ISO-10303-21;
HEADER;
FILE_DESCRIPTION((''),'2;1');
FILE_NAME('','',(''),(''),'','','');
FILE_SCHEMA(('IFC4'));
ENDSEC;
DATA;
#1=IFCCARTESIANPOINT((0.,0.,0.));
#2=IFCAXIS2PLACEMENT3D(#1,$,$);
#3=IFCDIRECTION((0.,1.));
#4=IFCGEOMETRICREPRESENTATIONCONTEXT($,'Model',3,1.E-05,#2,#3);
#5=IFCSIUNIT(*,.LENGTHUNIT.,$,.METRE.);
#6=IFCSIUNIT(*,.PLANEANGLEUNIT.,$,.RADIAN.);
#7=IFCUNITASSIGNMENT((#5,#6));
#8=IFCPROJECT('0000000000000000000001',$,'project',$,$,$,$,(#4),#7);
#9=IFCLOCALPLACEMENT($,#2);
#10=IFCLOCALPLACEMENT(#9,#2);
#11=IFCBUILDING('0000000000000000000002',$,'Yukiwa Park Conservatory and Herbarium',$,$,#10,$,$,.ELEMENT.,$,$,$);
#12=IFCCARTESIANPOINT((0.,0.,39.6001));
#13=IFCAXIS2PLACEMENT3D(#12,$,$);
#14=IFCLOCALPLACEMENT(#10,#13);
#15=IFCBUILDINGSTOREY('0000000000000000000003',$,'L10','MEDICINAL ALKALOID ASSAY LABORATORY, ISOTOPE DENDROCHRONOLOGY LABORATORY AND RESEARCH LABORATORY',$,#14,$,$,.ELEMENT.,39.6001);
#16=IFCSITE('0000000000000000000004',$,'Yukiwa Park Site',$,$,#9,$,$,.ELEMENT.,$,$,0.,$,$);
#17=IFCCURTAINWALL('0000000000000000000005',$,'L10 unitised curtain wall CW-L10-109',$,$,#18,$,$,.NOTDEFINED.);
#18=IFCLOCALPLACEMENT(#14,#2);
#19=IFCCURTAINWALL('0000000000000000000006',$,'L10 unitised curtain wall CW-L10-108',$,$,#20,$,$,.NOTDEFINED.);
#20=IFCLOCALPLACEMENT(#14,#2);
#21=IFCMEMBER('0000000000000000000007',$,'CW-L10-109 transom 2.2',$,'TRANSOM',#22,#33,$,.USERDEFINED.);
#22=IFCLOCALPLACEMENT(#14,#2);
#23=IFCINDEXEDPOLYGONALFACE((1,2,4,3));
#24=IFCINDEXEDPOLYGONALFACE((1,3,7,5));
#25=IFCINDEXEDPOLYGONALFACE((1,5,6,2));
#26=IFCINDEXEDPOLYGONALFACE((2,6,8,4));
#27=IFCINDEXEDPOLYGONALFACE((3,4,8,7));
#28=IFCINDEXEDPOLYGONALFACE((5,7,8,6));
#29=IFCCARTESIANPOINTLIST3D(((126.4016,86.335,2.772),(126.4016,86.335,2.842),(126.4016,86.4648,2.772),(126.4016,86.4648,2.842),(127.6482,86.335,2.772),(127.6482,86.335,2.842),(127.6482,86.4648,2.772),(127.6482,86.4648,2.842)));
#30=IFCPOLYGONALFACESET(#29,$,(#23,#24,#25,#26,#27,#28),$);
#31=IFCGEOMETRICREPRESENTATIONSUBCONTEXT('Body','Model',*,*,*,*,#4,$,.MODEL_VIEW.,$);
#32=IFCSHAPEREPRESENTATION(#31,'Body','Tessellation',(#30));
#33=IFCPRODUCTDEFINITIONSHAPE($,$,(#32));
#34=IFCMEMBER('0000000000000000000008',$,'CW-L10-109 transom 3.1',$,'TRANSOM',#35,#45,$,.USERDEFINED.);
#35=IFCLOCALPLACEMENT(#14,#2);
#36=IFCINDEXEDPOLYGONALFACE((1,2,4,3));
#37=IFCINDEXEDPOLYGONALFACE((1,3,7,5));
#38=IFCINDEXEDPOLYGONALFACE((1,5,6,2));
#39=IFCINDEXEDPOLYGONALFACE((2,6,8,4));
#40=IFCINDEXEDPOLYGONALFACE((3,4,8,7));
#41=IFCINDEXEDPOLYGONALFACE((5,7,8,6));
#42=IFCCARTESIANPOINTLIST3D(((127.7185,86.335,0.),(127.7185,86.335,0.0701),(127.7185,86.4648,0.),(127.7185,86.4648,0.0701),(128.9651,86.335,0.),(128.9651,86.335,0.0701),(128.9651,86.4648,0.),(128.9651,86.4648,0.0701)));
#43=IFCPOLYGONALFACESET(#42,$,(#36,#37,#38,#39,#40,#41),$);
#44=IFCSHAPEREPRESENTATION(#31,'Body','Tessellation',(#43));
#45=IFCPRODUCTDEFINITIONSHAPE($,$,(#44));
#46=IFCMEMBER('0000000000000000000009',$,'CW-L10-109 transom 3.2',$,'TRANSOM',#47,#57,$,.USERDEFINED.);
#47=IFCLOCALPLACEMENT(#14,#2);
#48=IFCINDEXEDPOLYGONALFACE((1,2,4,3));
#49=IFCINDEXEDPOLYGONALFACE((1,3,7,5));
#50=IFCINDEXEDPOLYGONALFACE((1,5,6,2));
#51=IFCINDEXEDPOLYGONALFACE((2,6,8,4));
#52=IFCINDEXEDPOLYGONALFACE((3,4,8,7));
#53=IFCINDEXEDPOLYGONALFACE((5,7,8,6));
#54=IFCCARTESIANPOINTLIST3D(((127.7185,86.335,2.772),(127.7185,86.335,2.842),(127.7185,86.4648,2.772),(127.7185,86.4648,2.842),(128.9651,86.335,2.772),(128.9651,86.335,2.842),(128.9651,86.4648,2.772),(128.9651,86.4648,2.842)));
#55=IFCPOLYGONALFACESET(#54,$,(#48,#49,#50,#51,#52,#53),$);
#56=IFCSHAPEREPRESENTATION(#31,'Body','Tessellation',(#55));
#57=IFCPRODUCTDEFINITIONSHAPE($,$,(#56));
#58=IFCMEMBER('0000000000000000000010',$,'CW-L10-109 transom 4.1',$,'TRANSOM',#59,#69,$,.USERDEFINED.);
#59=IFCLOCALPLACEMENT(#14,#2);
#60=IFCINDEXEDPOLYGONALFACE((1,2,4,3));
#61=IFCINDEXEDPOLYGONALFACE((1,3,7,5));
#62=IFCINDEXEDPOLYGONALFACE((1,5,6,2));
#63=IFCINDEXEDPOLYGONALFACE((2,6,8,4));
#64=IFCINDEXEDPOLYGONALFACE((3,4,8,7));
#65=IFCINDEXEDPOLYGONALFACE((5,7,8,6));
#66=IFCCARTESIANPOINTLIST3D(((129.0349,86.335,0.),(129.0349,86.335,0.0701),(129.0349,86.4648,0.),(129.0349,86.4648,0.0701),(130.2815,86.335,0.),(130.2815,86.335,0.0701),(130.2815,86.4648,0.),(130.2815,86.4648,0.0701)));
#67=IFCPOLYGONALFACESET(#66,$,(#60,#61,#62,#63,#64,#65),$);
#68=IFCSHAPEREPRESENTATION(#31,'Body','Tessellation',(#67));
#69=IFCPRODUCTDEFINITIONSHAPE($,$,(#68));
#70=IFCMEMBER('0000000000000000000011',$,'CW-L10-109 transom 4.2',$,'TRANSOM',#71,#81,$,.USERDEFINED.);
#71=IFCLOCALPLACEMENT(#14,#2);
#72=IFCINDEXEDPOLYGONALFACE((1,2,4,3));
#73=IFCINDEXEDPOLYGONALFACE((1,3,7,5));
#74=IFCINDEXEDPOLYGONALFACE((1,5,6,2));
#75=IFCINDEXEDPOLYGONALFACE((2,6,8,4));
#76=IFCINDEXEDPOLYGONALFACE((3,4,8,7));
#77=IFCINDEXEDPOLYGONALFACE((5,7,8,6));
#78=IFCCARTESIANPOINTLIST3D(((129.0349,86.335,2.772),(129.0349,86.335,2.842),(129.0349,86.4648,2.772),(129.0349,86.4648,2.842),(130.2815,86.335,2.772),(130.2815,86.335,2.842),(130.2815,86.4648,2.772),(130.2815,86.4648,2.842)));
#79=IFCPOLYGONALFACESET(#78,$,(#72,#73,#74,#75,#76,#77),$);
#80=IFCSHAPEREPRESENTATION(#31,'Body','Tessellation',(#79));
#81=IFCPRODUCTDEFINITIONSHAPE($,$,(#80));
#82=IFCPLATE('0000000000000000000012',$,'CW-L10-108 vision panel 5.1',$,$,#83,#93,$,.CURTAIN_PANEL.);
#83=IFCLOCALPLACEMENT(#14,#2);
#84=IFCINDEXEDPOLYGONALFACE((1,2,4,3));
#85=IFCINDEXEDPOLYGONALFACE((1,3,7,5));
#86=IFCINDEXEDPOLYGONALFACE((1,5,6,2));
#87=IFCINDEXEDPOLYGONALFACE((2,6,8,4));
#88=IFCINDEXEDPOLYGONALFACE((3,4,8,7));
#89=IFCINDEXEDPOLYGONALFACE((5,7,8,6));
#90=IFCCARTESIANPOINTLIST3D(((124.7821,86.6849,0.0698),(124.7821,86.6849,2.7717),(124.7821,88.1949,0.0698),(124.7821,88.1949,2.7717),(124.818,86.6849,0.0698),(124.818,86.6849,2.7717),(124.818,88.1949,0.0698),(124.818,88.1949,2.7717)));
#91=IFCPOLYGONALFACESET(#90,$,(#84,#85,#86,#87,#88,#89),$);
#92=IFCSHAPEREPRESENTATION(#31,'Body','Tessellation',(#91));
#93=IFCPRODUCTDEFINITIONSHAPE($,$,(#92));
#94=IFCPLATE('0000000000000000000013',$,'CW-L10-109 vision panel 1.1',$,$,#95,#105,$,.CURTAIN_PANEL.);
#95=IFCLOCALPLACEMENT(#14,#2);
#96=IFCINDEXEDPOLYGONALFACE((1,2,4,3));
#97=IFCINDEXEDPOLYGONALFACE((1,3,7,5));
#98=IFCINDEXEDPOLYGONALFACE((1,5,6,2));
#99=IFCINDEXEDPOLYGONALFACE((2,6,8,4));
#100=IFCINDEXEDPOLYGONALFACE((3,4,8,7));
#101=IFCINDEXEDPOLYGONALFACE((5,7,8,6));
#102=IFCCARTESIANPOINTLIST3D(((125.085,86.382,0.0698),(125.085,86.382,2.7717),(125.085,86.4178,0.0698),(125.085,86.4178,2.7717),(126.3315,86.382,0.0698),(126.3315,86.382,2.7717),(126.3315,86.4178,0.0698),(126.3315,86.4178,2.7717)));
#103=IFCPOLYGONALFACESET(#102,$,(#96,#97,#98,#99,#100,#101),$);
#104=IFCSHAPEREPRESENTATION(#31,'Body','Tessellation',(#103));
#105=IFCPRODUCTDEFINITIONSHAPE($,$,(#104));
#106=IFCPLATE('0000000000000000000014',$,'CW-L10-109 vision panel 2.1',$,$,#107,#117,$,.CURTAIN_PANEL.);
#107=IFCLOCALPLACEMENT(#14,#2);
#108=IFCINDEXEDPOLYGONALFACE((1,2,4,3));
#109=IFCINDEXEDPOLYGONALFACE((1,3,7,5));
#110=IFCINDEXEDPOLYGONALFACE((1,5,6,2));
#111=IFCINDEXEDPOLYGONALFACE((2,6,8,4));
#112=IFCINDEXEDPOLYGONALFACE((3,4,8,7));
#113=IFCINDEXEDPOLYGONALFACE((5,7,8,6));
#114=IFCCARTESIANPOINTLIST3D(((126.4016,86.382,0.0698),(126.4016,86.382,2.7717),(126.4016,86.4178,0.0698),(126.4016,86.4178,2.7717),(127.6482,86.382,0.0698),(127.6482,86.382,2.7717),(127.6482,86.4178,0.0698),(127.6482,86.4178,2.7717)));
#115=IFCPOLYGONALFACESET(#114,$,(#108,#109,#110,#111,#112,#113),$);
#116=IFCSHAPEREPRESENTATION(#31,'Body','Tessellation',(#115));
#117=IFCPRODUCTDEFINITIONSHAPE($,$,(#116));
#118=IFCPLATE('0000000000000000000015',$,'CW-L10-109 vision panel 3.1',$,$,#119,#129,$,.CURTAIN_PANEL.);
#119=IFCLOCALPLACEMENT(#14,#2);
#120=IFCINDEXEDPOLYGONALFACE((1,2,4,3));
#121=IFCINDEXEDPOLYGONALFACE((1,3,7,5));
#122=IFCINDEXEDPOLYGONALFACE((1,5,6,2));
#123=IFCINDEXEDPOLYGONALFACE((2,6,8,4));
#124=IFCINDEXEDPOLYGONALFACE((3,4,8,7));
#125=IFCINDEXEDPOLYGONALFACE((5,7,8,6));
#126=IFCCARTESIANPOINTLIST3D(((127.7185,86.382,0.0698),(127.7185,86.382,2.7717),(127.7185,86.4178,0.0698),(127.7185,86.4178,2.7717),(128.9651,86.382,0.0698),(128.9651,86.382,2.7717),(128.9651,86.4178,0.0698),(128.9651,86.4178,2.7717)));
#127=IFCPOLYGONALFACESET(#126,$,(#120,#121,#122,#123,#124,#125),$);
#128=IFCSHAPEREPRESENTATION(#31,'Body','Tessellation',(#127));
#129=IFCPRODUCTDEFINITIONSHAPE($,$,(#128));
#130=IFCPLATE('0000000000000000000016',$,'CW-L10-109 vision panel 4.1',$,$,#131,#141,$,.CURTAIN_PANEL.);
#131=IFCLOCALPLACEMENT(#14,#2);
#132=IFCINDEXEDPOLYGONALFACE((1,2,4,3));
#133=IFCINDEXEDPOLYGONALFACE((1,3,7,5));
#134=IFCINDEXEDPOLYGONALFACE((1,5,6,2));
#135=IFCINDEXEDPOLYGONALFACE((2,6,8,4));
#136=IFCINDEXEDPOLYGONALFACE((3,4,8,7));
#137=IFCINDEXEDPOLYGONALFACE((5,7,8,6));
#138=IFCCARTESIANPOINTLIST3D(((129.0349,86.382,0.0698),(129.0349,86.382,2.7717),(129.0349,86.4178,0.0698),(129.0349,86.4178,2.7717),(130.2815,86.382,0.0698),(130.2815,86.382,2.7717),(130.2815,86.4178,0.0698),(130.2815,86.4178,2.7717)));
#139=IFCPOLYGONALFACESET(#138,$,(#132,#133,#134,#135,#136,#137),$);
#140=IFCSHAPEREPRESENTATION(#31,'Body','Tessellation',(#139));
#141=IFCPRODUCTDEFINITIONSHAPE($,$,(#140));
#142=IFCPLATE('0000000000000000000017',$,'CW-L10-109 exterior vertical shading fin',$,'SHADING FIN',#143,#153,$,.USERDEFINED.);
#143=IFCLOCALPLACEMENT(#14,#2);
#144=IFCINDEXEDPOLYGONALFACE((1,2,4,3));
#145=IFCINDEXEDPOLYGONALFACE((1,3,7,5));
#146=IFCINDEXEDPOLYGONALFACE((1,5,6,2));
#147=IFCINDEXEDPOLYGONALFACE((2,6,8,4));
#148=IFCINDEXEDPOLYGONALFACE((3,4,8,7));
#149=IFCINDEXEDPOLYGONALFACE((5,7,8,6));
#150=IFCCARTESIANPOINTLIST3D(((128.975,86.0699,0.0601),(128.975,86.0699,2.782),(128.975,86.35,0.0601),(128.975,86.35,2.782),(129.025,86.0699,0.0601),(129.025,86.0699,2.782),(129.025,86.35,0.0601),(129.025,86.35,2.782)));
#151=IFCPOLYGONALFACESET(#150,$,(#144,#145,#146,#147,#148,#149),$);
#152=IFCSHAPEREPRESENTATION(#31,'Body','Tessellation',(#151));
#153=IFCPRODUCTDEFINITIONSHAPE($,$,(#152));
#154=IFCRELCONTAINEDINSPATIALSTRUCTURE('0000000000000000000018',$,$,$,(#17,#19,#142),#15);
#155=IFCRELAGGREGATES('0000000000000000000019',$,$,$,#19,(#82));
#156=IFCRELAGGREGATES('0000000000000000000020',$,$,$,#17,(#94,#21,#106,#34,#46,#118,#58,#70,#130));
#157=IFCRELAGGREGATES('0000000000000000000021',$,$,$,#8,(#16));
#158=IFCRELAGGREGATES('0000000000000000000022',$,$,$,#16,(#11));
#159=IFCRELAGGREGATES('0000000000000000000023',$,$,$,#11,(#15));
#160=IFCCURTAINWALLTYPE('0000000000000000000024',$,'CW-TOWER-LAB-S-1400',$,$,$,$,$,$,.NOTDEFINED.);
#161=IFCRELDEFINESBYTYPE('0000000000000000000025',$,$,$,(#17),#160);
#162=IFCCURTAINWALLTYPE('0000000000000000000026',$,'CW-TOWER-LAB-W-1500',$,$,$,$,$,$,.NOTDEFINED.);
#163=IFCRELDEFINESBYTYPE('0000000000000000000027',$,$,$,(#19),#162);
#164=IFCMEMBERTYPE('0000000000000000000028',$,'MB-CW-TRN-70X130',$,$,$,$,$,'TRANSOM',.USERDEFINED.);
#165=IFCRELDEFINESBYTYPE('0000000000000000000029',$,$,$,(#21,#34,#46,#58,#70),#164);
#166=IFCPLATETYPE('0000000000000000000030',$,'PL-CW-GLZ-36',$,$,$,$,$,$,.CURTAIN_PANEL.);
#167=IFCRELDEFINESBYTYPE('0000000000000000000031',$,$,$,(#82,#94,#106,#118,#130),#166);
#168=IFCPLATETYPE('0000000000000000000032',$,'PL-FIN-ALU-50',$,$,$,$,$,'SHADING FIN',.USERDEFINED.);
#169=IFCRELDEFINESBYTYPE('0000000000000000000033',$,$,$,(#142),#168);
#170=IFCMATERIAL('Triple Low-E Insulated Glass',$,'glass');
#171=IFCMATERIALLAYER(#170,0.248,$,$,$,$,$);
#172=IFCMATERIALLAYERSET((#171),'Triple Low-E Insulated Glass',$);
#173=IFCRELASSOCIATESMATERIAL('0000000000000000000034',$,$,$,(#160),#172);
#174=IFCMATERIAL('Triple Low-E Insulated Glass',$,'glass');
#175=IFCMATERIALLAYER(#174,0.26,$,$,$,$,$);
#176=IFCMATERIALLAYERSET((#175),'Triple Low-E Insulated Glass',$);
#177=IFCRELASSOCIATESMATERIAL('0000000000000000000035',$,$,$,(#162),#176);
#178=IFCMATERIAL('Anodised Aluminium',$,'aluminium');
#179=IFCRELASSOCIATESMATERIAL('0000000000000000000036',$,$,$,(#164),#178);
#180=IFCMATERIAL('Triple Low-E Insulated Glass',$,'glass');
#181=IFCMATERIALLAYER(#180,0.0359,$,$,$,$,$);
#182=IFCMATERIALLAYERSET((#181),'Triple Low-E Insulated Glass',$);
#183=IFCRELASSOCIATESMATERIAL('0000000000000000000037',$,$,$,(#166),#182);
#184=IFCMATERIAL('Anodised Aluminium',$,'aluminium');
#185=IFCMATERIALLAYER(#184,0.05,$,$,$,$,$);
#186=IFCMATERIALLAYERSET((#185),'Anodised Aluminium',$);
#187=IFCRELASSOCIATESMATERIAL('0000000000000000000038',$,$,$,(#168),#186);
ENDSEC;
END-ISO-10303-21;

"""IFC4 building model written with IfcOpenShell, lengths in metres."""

from ifc_helpers import new_model, si_unit, direction, frame, origin, origin_2d, place, context, subcontext, project, spatial, rectangle, extrude, material, layer, layer_set, type_object, element, aggregate, save


model = new_model("IFC4")

# Units and contexts
model_context = context("Model", 3, precision=1e-05, world=origin(), true_north=direction((0.0, 1.0)))
body_context = subcontext(model_context, "Body", "Model", "MODEL_VIEW")
ifc_project = project(units=[si_unit("LENGTHUNIT", "METRE"), si_unit("PLANEANGLEUNIT", "RADIAN")], contexts=[model_context])

# Site, building, storey
site_placement = place(None, origin())
site = spatial("IfcSite", under=ifc_project, at=site_placement, Name="Yukiwa Park Site", CompositionType="ELEMENT", RefElevation=0.0)
building_placement = place(site_placement, origin())
building = spatial("IfcBuilding", under=site, at=building_placement, Name="Yukiwa Park Conservatory and Herbarium", CompositionType="ELEMENT")
storey_placement = place(building_placement, frame((0.0, 0.0, 39.6001)))
storey = spatial("IfcBuildingStorey", under=building, at=storey_placement, Name="L10", Description="MEDICINAL ALKALOID ASSAY LABORATORY, ISOTOPE DENDROCHRONOLOGY LABORATORY AND RESEARCH LABORATORY", CompositionType="ELEMENT", Elevation=39.6001)

# Curtain walls
ifc_material_1 = material(Name="Triple Low-E Insulated Glass", Category="glass")
ifc_layer_1 = layer(ifc_material_1, 0.248)
ifc_layer_set_1 = layer_set([ifc_layer_1], Name="Triple Low-E Insulated Glass")
curtain_wall_type_1 = type_object("IfcCurtainWallType", Name="CW-TOWER-LAB-S-1400", PredefinedType="NOTDEFINED", material=ifc_layer_set_1)
curtain_wall_1_placement = place(storey_placement, origin())
curtain_wall_1 = element("IfcCurtainWall", 1, at=curtain_wall_1_placement, inside=storey, type_object=curtain_wall_type_1, Name="L10 unitised curtain wall CW-L10-109", PredefinedType="NOTDEFINED")
ifc_material_2 = material(Name="Triple Low-E Insulated Glass", Category="glass")
ifc_layer_2 = layer(ifc_material_2, 0.26)
ifc_layer_set_2 = layer_set([ifc_layer_2], Name="Triple Low-E Insulated Glass")
curtain_wall_type_2 = type_object("IfcCurtainWallType", Name="CW-TOWER-LAB-W-1500", PredefinedType="NOTDEFINED", material=ifc_layer_set_2)
curtain_wall_2_placement = place(storey_placement, origin())
curtain_wall_2 = element("IfcCurtainWall", 2, at=curtain_wall_2_placement, inside=storey, type_object=curtain_wall_type_2, Name="L10 unitised curtain wall CW-L10-108", PredefinedType="NOTDEFINED")
ifc_material_3 = material(Name="Anodised Aluminium", Category="aluminium")
member_type_1 = type_object("IfcMemberType", Name="MB-CW-TRN-70X130", ElementType="TRANSOM", PredefinedType="USERDEFINED", material=ifc_material_3)

# Members
member_1_placement = place(storey_placement, frame((127.0249, 86.3999, 2.772), z_axis=(0.0, 0.0, 1.0), x_axis=(1.0, 0.0, 0.0)))
member_1 = element("IfcMember", 3, at=member_1_placement, type_object=member_type_1, Name="CW-L10-109 transom 2.2", ObjectType="TRANSOM", PredefinedType="USERDEFINED", context=body_context, shape_type="SweptSolid", body=[
    extrude(rectangle(XDim=1.2466, YDim=0.1299, at=origin_2d()), origin(), (0.0, 0.0, 1.0), 0.0701),
])
member_2_placement = place(storey_placement, frame((128.3418, 86.3999, 0.0), z_axis=(0.0, 0.0, 1.0), x_axis=(1.0, 0.0, 0.0)))
member_2 = element("IfcMember", 4, at=member_2_placement, type_object=member_type_1, Name="CW-L10-109 transom 3.1", ObjectType="TRANSOM", PredefinedType="USERDEFINED", context=body_context, shape_type="SweptSolid", body=[
    extrude(rectangle(XDim=1.2466, YDim=0.1299, at=origin_2d()), origin(), (0.0, 0.0, 1.0), 0.0701),
])
member_3_placement = place(storey_placement, frame((128.3418, 86.3999, 2.772), z_axis=(0.0, 0.0, 1.0), x_axis=(1.0, 0.0, 0.0)))
member_3 = element("IfcMember", 5, at=member_3_placement, type_object=member_type_1, Name="CW-L10-109 transom 3.2", ObjectType="TRANSOM", PredefinedType="USERDEFINED", context=body_context, shape_type="SweptSolid", body=[
    extrude(rectangle(XDim=1.2466, YDim=0.1299, at=origin_2d()), origin(), (0.0, 0.0, 1.0), 0.0701),
])
member_4_placement = place(storey_placement, frame((129.6582, 86.3999, 0.0), z_axis=(0.0, 0.0, 1.0), x_axis=(1.0, 0.0, 0.0)))
member_4 = element("IfcMember", 6, at=member_4_placement, type_object=member_type_1, Name="CW-L10-109 transom 4.1", ObjectType="TRANSOM", PredefinedType="USERDEFINED", context=body_context, shape_type="SweptSolid", body=[
    extrude(rectangle(XDim=1.2466, YDim=0.1299, at=origin_2d()), origin(), (0.0, 0.0, 1.0), 0.0701),
])
member_5_placement = place(storey_placement, frame((129.6582, 86.3999, 2.772), z_axis=(0.0, 0.0, 1.0), x_axis=(1.0, 0.0, 0.0)))
member_5 = element("IfcMember", 7, at=member_5_placement, type_object=member_type_1, Name="CW-L10-109 transom 4.2", ObjectType="TRANSOM", PredefinedType="USERDEFINED", context=body_context, shape_type="SweptSolid", body=[
    extrude(rectangle(XDim=1.2466, YDim=0.1299, at=origin_2d()), origin(), (0.0, 0.0, 1.0), 0.0701),
])

# Plates
ifc_material_4 = material(Name="Triple Low-E Insulated Glass", Category="glass")
ifc_layer_3 = layer(ifc_material_4, 0.0359)
ifc_layer_set_3 = layer_set([ifc_layer_3], Name="Triple Low-E Insulated Glass")
plate_type_1 = type_object("IfcPlateType", Name="PL-CW-GLZ-36", PredefinedType="CURTAIN_PANEL", material=ifc_layer_set_3)
plate_1_placement = place(storey_placement, frame((124.8, 87.4399, 0.0698), z_axis=(0.0, 0.0, 1.0), x_axis=(0.0, -1.0, 0.0)))
plate_1 = element("IfcPlate", 8, at=plate_1_placement, type_object=plate_type_1, Name="CW-L10-108 vision panel 5.1", PredefinedType="CURTAIN_PANEL", context=body_context, shape_type="SweptSolid", body=[
    extrude(rectangle(XDim=1.51, YDim=0.0359, at=origin_2d()), origin(), (0.0, 0.0, 1.0), 2.7019),
])
aggregate(curtain_wall_2, [plate_1])
plate_2_placement = place(storey_placement, frame((125.7083, 86.3999, 0.0698), z_axis=(0.0, 0.0, 1.0), x_axis=(1.0, 0.0, 0.0)))
plate_2 = element("IfcPlate", 9, at=plate_2_placement, type_object=plate_type_1, Name="CW-L10-109 vision panel 1.1", PredefinedType="CURTAIN_PANEL", context=body_context, shape_type="SweptSolid", body=[
    extrude(rectangle(XDim=1.2466, YDim=0.0359, at=origin_2d()), origin(), (0.0, 0.0, 1.0), 2.7019),
])
plate_3_placement = place(storey_placement, frame((127.0249, 86.3999, 0.0698), z_axis=(0.0, 0.0, 1.0), x_axis=(1.0, 0.0, 0.0)))
plate_3 = element("IfcPlate", 10, at=plate_3_placement, type_object=plate_type_1, Name="CW-L10-109 vision panel 2.1", PredefinedType="CURTAIN_PANEL", context=body_context, shape_type="SweptSolid", body=[
    extrude(rectangle(XDim=1.2466, YDim=0.0359, at=origin_2d()), origin(), (0.0, 0.0, 1.0), 2.7019),
])
plate_4_placement = place(storey_placement, frame((128.3418, 86.3999, 0.0698), z_axis=(0.0, 0.0, 1.0), x_axis=(1.0, 0.0, 0.0)))
plate_4 = element("IfcPlate", 11, at=plate_4_placement, type_object=plate_type_1, Name="CW-L10-109 vision panel 3.1", PredefinedType="CURTAIN_PANEL", context=body_context, shape_type="SweptSolid", body=[
    extrude(rectangle(XDim=1.2466, YDim=0.0359, at=origin_2d()), origin(), (0.0, 0.0, 1.0), 2.7019),
])
plate_5_placement = place(storey_placement, frame((129.6582, 86.3999, 0.0698), z_axis=(0.0, 0.0, 1.0), x_axis=(1.0, 0.0, 0.0)))
plate_5 = element("IfcPlate", 12, at=plate_5_placement, type_object=plate_type_1, Name="CW-L10-109 vision panel 4.1", PredefinedType="CURTAIN_PANEL", context=body_context, shape_type="SweptSolid", body=[
    extrude(rectangle(XDim=1.2466, YDim=0.0359, at=origin_2d()), origin(), (0.0, 0.0, 1.0), 2.7019),
])
aggregate(curtain_wall_1, [plate_2, member_1, plate_3, member_2, member_3, plate_4, member_4, member_5, plate_5])
ifc_material_5 = material(Name="Anodised Aluminium", Category="aluminium")
ifc_layer_4 = layer(ifc_material_5, 0.05)
ifc_layer_set_4 = layer_set([ifc_layer_4], Name="Anodised Aluminium")
plate_type_2 = type_object("IfcPlateType", Name="PL-FIN-ALU-50", ElementType="SHADING FIN", PredefinedType="USERDEFINED", material=ifc_layer_set_4)
plate_6_placement = place(storey_placement, frame((129.0, 86.21, 0.0601), z_axis=(0.0, 0.0, 1.0), x_axis=(1.0, 0.0, 0.0)))
element("IfcPlate", 13, at=plate_6_placement, inside=storey, type_object=plate_type_2, Name="CW-L10-109 exterior vertical shading fin", ObjectType="SHADING FIN", PredefinedType="USERDEFINED", context=body_context, shape_type="SweptSolid", body=[
    extrude(rectangle(XDim=0.05, YDim=0.28, at=origin_2d()), origin(), (0.0, 0.0, 1.0), 2.7219),
])

save(model, "model.ifc")
